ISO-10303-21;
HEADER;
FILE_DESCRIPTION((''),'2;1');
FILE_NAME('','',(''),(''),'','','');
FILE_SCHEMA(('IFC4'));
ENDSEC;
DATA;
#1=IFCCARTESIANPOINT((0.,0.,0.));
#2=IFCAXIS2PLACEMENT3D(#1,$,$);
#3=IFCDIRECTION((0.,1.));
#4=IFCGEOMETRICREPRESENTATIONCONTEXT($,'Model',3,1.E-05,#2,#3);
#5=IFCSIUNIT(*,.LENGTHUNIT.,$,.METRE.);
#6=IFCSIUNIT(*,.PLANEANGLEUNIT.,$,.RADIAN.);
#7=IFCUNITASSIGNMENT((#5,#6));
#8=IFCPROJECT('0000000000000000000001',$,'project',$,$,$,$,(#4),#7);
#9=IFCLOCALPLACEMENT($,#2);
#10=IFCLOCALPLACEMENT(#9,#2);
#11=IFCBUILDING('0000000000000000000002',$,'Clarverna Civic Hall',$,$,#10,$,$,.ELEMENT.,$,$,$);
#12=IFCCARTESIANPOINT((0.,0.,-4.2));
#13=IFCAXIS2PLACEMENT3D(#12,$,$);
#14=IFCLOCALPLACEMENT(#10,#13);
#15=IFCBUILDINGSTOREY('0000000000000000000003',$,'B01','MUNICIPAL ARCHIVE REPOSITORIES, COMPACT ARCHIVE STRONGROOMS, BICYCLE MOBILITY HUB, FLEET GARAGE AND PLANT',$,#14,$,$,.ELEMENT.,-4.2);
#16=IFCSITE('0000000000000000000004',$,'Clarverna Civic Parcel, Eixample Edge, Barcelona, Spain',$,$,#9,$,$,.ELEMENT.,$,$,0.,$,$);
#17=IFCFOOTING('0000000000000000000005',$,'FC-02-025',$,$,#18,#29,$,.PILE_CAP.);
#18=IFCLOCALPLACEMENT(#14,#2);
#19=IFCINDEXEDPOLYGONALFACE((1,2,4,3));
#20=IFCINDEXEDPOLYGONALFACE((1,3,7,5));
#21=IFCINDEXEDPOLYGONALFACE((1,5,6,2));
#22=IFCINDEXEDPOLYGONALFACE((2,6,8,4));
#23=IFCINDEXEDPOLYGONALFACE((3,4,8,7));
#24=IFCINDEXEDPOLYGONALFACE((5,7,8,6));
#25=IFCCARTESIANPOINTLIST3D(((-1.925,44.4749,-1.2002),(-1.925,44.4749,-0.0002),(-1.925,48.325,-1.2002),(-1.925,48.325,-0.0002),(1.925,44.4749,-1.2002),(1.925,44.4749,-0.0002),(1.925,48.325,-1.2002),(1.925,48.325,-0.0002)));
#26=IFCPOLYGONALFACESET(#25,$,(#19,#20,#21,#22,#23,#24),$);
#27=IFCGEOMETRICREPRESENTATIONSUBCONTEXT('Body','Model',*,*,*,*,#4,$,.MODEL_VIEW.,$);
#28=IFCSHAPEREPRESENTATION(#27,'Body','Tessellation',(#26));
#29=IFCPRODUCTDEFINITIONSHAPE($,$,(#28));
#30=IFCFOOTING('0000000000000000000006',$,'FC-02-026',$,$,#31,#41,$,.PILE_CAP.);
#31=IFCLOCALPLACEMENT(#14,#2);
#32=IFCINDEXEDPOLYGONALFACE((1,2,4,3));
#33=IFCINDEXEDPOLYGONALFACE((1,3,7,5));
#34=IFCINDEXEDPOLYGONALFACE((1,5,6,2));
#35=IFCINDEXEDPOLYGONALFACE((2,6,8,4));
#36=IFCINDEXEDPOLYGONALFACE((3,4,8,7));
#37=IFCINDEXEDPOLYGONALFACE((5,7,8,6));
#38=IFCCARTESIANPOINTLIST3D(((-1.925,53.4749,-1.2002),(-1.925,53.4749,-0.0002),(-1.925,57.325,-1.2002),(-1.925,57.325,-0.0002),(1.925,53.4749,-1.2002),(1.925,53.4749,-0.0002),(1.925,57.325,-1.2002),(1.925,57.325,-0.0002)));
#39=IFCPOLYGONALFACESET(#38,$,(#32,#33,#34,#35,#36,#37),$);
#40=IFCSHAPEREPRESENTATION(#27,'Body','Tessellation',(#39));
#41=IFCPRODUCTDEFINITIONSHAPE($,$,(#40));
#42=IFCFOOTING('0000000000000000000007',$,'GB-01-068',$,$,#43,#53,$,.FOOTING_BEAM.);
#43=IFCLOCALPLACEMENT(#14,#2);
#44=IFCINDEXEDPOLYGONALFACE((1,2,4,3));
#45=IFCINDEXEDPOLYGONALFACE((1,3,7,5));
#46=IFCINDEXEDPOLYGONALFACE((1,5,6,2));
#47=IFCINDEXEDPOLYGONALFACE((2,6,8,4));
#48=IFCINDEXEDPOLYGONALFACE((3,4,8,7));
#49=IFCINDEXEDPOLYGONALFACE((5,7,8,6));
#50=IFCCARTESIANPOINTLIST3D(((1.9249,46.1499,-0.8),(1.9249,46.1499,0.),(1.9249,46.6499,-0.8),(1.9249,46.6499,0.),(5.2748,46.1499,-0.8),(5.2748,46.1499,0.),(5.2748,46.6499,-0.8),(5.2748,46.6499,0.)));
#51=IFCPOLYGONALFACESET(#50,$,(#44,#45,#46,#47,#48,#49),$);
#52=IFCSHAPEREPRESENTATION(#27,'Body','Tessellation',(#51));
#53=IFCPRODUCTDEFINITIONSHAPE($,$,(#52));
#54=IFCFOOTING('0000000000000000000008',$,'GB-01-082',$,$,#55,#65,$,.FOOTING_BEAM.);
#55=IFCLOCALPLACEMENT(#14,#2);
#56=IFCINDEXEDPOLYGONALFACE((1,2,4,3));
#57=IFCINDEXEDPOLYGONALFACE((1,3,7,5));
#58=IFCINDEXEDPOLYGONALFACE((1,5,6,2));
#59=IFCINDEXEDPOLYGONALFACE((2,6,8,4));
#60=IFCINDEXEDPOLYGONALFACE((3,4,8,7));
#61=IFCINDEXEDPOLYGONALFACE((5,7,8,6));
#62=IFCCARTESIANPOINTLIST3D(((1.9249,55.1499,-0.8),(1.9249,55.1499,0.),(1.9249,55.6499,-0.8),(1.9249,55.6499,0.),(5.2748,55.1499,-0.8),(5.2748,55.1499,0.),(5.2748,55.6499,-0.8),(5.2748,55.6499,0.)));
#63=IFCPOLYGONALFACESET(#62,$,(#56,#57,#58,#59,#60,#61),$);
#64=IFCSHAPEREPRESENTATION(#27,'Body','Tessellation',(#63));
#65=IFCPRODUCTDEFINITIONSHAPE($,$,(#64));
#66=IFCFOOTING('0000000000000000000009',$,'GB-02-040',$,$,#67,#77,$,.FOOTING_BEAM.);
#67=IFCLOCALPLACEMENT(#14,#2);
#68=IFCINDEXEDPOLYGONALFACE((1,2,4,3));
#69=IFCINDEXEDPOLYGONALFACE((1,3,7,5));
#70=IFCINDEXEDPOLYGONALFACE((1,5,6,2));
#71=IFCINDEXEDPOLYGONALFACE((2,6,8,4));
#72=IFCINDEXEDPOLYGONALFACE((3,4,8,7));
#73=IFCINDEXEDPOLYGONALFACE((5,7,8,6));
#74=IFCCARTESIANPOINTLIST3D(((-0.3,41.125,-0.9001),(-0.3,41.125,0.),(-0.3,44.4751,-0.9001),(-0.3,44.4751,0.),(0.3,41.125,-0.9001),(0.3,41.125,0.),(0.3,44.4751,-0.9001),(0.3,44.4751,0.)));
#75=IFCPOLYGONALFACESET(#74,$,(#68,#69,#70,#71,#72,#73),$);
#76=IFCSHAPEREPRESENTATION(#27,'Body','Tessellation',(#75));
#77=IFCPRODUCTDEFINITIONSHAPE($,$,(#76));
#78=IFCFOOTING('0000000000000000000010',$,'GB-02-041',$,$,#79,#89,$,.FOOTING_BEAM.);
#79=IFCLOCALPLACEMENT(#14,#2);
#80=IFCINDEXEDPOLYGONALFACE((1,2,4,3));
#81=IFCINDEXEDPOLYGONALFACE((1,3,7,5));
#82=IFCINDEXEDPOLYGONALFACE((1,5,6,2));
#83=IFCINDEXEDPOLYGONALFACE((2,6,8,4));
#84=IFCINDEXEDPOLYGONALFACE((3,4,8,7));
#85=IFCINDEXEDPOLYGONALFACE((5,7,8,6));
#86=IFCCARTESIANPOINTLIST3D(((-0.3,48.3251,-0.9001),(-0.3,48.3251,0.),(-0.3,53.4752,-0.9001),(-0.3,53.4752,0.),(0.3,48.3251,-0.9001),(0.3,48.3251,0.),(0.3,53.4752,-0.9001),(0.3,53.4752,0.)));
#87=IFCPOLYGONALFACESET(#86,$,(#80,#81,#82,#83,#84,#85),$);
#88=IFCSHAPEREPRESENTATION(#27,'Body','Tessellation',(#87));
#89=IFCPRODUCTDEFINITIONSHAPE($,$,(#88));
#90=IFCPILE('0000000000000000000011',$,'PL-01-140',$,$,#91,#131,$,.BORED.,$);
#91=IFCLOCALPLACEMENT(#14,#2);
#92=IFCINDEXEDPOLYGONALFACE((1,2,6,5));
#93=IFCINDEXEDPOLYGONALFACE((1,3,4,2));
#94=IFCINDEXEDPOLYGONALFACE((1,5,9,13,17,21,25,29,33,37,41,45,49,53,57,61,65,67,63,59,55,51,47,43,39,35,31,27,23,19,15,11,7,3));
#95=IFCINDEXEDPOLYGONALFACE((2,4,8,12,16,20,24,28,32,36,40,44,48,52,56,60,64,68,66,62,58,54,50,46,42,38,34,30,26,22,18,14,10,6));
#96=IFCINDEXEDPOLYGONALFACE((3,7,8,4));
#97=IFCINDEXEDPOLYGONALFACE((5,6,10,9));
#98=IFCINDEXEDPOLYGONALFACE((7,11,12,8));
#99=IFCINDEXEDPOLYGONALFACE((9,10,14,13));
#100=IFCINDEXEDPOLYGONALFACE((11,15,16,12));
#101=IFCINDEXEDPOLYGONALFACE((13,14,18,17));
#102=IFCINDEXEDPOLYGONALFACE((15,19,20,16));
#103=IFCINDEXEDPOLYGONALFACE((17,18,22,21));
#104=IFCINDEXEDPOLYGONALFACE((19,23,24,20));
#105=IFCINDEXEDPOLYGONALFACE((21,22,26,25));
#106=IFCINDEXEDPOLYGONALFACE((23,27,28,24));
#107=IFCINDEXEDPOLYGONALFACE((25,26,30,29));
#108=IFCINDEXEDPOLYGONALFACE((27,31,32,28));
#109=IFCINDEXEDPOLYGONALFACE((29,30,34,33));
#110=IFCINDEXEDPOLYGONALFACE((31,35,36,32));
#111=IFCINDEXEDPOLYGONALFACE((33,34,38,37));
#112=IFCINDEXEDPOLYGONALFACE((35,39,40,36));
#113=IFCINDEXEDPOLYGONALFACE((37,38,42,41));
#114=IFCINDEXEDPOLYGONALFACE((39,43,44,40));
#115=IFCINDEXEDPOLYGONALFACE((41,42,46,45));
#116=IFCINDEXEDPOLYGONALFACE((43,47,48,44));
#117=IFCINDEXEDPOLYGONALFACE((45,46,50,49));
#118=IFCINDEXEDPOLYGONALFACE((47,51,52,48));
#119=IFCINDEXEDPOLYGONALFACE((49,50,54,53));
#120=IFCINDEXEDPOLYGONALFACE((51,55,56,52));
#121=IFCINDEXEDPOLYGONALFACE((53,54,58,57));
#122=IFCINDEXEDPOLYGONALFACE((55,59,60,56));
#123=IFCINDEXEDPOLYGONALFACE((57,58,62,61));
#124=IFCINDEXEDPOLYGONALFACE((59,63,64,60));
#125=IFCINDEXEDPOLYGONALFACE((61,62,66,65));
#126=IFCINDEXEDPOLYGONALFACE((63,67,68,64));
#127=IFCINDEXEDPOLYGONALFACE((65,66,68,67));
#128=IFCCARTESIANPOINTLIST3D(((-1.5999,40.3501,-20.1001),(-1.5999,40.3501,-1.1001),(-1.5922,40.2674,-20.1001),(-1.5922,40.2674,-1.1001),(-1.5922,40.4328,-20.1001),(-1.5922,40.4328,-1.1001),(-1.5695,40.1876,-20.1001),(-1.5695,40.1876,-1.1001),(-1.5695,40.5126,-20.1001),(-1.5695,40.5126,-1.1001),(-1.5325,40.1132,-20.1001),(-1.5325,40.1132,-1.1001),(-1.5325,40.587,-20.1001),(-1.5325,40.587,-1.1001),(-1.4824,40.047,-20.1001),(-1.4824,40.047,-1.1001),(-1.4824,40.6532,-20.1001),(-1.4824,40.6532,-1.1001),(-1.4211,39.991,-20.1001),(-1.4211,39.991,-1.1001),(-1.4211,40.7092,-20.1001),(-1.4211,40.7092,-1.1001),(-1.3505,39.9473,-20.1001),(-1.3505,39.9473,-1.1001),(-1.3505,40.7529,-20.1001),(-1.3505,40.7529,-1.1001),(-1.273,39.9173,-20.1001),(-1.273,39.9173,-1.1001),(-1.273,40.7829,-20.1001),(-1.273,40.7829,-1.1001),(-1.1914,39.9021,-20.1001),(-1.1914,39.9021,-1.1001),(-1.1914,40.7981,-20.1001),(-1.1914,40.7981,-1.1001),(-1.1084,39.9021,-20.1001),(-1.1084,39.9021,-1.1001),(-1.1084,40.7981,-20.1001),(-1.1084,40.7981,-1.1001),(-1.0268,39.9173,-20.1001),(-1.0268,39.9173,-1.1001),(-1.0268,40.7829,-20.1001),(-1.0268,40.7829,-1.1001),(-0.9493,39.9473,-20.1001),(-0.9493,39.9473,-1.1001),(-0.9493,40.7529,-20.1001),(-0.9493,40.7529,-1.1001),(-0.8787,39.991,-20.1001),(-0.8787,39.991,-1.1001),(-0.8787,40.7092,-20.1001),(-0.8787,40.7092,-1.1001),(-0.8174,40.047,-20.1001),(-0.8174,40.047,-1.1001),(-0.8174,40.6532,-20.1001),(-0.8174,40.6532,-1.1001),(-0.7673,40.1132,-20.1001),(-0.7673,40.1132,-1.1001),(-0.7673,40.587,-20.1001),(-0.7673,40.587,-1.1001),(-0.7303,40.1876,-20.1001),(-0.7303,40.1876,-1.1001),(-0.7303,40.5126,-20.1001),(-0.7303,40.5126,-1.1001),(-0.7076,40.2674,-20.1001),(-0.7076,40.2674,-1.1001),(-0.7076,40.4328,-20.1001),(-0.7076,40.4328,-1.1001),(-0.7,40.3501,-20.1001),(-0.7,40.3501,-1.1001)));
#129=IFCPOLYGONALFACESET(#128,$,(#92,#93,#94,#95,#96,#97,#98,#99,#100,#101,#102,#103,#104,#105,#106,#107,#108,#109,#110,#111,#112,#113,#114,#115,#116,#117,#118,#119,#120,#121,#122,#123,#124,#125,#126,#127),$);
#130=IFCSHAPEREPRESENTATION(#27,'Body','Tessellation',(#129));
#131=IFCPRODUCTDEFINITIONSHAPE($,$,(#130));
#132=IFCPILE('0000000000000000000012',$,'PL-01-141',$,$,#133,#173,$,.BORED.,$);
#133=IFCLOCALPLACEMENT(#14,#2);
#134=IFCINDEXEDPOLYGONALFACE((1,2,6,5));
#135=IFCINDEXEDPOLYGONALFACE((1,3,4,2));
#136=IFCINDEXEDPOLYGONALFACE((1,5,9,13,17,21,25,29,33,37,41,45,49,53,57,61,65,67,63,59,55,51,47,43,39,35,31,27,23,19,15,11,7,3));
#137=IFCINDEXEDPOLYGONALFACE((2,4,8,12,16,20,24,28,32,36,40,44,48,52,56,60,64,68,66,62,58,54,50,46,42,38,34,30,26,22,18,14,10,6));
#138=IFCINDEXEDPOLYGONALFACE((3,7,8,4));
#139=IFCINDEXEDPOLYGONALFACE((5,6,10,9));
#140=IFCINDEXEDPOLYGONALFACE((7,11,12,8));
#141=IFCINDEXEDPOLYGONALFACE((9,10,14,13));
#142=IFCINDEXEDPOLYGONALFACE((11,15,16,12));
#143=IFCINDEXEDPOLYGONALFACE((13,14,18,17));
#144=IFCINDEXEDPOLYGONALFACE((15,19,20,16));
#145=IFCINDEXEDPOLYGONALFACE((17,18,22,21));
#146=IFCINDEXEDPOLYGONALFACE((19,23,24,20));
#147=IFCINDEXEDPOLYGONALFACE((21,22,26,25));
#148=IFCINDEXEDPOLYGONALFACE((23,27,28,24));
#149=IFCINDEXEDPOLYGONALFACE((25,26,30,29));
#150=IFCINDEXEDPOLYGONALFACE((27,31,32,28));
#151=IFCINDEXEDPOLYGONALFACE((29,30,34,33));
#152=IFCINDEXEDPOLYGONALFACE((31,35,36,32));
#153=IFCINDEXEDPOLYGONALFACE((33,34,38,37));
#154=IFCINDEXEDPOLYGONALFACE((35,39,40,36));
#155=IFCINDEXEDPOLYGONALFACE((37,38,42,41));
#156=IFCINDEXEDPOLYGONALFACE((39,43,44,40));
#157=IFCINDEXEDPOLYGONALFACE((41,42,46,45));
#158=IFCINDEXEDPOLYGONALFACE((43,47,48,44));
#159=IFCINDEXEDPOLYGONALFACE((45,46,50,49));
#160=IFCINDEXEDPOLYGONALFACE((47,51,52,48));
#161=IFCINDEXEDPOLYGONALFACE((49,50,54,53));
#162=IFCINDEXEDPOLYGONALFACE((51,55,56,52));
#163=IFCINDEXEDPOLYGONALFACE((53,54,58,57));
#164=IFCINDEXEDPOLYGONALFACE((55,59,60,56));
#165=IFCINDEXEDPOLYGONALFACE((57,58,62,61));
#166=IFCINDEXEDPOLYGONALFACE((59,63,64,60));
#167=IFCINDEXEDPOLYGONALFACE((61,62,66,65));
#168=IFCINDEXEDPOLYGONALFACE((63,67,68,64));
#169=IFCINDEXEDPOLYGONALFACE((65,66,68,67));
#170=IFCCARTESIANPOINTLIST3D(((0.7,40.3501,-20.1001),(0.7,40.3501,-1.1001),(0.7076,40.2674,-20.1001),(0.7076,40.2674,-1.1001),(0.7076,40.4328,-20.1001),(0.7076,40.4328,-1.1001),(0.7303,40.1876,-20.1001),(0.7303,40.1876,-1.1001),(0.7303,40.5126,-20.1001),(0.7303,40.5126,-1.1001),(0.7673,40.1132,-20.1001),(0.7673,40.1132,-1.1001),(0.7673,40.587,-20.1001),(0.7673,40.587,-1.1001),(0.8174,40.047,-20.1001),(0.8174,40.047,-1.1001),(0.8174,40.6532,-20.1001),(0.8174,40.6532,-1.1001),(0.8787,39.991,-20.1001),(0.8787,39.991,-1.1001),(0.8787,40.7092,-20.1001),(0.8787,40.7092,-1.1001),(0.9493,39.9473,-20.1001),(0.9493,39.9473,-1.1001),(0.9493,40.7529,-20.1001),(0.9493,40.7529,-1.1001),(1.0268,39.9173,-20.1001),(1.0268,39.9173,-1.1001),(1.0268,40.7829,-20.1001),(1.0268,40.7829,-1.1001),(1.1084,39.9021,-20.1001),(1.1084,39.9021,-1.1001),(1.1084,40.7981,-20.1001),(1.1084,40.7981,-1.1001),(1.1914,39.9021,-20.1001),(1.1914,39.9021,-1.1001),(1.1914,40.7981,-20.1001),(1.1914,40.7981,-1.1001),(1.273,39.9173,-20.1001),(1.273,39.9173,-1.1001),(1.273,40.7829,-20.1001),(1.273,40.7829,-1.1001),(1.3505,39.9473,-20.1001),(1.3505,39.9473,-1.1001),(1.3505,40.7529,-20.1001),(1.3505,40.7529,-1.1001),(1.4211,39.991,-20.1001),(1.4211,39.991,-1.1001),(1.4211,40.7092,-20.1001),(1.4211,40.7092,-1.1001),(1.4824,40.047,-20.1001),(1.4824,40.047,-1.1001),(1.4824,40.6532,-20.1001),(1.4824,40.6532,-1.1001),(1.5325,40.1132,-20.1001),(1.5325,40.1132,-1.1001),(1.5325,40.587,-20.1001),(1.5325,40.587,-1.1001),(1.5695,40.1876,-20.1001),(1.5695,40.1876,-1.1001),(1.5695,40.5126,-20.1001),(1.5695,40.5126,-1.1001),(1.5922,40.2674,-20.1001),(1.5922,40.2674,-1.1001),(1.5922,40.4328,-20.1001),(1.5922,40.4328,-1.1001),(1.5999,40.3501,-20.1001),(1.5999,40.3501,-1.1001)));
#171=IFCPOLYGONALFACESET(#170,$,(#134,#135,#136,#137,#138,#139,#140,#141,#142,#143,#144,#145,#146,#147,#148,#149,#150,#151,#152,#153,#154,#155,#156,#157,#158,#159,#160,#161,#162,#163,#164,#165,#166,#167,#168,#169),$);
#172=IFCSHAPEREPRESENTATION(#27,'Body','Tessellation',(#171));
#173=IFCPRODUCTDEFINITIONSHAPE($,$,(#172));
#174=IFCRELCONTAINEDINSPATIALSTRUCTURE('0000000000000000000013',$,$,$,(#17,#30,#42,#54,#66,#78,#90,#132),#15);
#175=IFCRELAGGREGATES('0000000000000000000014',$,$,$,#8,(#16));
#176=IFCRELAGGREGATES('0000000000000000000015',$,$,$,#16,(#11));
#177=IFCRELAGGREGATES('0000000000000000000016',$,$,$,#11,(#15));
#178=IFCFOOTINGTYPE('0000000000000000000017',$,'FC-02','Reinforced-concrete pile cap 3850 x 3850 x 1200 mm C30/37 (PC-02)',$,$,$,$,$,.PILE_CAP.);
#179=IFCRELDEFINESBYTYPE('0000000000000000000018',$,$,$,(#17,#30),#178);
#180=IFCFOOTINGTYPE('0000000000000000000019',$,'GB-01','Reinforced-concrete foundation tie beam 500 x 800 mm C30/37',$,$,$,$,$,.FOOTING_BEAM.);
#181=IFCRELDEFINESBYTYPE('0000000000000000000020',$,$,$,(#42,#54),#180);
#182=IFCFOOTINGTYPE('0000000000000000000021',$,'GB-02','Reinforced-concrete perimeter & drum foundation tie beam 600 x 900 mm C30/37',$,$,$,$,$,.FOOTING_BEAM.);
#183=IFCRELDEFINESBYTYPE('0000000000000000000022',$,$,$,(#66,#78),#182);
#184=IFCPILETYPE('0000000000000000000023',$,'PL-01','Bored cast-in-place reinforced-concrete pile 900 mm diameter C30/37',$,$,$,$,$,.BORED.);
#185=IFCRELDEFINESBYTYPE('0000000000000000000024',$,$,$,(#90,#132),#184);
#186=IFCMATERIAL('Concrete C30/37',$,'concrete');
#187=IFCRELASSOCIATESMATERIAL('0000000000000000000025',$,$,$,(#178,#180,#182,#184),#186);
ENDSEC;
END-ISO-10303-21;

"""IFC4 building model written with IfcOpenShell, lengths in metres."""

from ifc_helpers import new_model, si_unit, direction, frame, frame_2d, origin, origin_2d, place, context, subcontext, project, spatial, rectangle, circle, extrude, material, material_profile, profile_set, type_object, element, save


model = new_model("IFC4")

# Units and contexts
model_context = context("Model", 3, precision=1e-05, world=origin(), true_north=direction((0.0, 1.0)))
body_context = subcontext(model_context, "Body", "Model", "MODEL_VIEW")
ifc_project = project(units=[si_unit("LENGTHUNIT", "METRE"), si_unit("PLANEANGLEUNIT", "RADIAN")], contexts=[model_context])

# Site, building, storey
site_placement = place(None, origin())
site = spatial("IfcSite", under=ifc_project, at=site_placement, Name="Clarverna Civic Parcel, Eixample Edge, Barcelona, Spain", CompositionType="ELEMENT", RefElevation=0.0)
building_placement = place(site_placement, origin())
building = spatial("IfcBuilding", under=site, at=building_placement, Name="Clarverna Civic Hall", CompositionType="ELEMENT")
storey_placement = place(building_placement, frame((0.0, 0.0, -4.2)))
storey = spatial("IfcBuildingStorey", under=building, at=storey_placement, Name="B01", Description="MUNICIPAL ARCHIVE REPOSITORIES, COMPACT ARCHIVE STRONGROOMS, BICYCLE MOBILITY HUB, FLEET GARAGE AND PLANT", CompositionType="ELEMENT", Elevation=-4.2)

# Footings
ifc_material_1 = material(Name="Concrete C30/37", Category="concrete")
footing_type_1 = type_object("IfcFootingType", Name="FC-02", Description="Reinforced-concrete pile cap 3850 x 3850 x 1200 mm C30/37 (PC-02)", PredefinedType="PILE_CAP", material=ifc_material_1)
for number, where, z_axis, x_axis, name in (
    (1, (0.0, 46.3999, -1.2002), (0.0, 0.0, 1.0), (1.0, 0.0, 0.0), "FC-02-025"),
    (2, (0.0, 55.3999, -1.2002), (0.0, 0.0, 1.0), (1.0, 0.0, 0.0), "FC-02-026"),
):
    element("IfcFooting", number, at=place(storey_placement, frame(where, z_axis=z_axis, x_axis=x_axis)), inside=storey, type_object=footing_type_1, Name=name, PredefinedType="PILE_CAP", context=body_context, shape_type="SweptSolid", body=[
        extrude(rectangle(XDim=3.8501, YDim=3.8501, at=origin_2d()), origin(), (0.0, 0.0, 1.0), 1.2),
    ])
footing_type_2 = type_object("IfcFootingType", Name="GB-01", Description="Reinforced-concrete foundation tie beam 500 x 800 mm C30/37", PredefinedType="FOOTING_BEAM", material=ifc_material_1)
for number, where, z_axis, x_axis, name in (
    (3, (1.925, 46.3999, -0.8), (0.0, 0.0, 1.0), (1.0, 0.0, 0.0), "GB-01-068"),
    (4, (1.925, 55.3999, -0.8), (0.0, 0.0, 1.0), (1.0, 0.0, 0.0), "GB-01-082"),
):
    element("IfcFooting", number, at=place(storey_placement, frame(where, z_axis=z_axis, x_axis=x_axis)), inside=storey, type_object=footing_type_2, Name=name, PredefinedType="FOOTING_BEAM", context=body_context, shape_type="SweptSolid", body=[
        extrude(rectangle(XDim=3.3499, YDim=0.5, at=frame_2d((1.6748, 0.0))), origin(), (0.0, 0.0, 1.0), 0.8),
    ])
footing_type_3 = type_object("IfcFootingType", Name="GB-02", Description="Reinforced-concrete perimeter & drum foundation tie beam 600 x 900 mm C30/37", PredefinedType="FOOTING_BEAM", material=ifc_material_1)
footing_1_placement = place(storey_placement, frame((0.0, 41.125, -0.9001), z_axis=(0.0, 0.0, 1.0), x_axis=(0.0, 1.0, 0.0)))
element("IfcFooting", 5, at=footing_1_placement, inside=storey, type_object=footing_type_3, Name="GB-02-040", PredefinedType="FOOTING_BEAM", context=body_context, shape_type="SweptSolid", body=[
    extrude(rectangle(XDim=3.3501, YDim=0.6001, at=frame_2d((1.675, 0.0))), origin(), (0.0, 0.0, 1.0), 0.9001),
])
footing_2_placement = place(storey_placement, frame((0.0, 48.325, -0.9001), z_axis=(0.0, 0.0, 1.0), x_axis=(0.0, 1.0, 0.0)))
element("IfcFooting", 6, at=footing_2_placement, inside=storey, type_object=footing_type_3, Name="GB-02-041", PredefinedType="FOOTING_BEAM", context=body_context, shape_type="SweptSolid", body=[
    extrude(rectangle(XDim=5.1501, YDim=0.6001, at=frame_2d((2.5752, 0.0))), origin(), (0.0, 0.0, 1.0), 0.9001),
])

# Piles
ifc_material_profile_1 = material_profile(ifc_material_1, circle(Radius=0.45, at=origin_2d()), Name="BORED PILE D900")
ifc_profile_set_1 = profile_set([ifc_material_profile_1], Name="Concrete C30/37")
pile_type = type_object("IfcPileType", Name="PL-01", Description="Bored cast-in-place reinforced-concrete pile 900 mm diameter C30/37", PredefinedType="BORED", material=ifc_profile_set_1)
for number, where, z_axis, x_axis, name in (
    (7, (-1.1499, 40.3501, -1.1001), (0.0, 0.0, -1.0), (1.0, 0.0, 0.0), "PL-01-140"),
    (8, (1.1499, 40.3501, -1.1001), (0.0, 0.0, -1.0), (1.0, 0.0, 0.0), "PL-01-141"),
):
    element("IfcPile", number, at=place(storey_placement, frame(where, z_axis=z_axis, x_axis=x_axis)), inside=storey, type_object=pile_type, Name=name, PredefinedType="BORED", context=body_context, shape_type="SweptSolid", body=[
        extrude(circle(Radius=0.45, at=origin_2d()), origin(), (0.0, 0.0, 1.0), 19.0),
    ])

save(model, "model.ifc")
